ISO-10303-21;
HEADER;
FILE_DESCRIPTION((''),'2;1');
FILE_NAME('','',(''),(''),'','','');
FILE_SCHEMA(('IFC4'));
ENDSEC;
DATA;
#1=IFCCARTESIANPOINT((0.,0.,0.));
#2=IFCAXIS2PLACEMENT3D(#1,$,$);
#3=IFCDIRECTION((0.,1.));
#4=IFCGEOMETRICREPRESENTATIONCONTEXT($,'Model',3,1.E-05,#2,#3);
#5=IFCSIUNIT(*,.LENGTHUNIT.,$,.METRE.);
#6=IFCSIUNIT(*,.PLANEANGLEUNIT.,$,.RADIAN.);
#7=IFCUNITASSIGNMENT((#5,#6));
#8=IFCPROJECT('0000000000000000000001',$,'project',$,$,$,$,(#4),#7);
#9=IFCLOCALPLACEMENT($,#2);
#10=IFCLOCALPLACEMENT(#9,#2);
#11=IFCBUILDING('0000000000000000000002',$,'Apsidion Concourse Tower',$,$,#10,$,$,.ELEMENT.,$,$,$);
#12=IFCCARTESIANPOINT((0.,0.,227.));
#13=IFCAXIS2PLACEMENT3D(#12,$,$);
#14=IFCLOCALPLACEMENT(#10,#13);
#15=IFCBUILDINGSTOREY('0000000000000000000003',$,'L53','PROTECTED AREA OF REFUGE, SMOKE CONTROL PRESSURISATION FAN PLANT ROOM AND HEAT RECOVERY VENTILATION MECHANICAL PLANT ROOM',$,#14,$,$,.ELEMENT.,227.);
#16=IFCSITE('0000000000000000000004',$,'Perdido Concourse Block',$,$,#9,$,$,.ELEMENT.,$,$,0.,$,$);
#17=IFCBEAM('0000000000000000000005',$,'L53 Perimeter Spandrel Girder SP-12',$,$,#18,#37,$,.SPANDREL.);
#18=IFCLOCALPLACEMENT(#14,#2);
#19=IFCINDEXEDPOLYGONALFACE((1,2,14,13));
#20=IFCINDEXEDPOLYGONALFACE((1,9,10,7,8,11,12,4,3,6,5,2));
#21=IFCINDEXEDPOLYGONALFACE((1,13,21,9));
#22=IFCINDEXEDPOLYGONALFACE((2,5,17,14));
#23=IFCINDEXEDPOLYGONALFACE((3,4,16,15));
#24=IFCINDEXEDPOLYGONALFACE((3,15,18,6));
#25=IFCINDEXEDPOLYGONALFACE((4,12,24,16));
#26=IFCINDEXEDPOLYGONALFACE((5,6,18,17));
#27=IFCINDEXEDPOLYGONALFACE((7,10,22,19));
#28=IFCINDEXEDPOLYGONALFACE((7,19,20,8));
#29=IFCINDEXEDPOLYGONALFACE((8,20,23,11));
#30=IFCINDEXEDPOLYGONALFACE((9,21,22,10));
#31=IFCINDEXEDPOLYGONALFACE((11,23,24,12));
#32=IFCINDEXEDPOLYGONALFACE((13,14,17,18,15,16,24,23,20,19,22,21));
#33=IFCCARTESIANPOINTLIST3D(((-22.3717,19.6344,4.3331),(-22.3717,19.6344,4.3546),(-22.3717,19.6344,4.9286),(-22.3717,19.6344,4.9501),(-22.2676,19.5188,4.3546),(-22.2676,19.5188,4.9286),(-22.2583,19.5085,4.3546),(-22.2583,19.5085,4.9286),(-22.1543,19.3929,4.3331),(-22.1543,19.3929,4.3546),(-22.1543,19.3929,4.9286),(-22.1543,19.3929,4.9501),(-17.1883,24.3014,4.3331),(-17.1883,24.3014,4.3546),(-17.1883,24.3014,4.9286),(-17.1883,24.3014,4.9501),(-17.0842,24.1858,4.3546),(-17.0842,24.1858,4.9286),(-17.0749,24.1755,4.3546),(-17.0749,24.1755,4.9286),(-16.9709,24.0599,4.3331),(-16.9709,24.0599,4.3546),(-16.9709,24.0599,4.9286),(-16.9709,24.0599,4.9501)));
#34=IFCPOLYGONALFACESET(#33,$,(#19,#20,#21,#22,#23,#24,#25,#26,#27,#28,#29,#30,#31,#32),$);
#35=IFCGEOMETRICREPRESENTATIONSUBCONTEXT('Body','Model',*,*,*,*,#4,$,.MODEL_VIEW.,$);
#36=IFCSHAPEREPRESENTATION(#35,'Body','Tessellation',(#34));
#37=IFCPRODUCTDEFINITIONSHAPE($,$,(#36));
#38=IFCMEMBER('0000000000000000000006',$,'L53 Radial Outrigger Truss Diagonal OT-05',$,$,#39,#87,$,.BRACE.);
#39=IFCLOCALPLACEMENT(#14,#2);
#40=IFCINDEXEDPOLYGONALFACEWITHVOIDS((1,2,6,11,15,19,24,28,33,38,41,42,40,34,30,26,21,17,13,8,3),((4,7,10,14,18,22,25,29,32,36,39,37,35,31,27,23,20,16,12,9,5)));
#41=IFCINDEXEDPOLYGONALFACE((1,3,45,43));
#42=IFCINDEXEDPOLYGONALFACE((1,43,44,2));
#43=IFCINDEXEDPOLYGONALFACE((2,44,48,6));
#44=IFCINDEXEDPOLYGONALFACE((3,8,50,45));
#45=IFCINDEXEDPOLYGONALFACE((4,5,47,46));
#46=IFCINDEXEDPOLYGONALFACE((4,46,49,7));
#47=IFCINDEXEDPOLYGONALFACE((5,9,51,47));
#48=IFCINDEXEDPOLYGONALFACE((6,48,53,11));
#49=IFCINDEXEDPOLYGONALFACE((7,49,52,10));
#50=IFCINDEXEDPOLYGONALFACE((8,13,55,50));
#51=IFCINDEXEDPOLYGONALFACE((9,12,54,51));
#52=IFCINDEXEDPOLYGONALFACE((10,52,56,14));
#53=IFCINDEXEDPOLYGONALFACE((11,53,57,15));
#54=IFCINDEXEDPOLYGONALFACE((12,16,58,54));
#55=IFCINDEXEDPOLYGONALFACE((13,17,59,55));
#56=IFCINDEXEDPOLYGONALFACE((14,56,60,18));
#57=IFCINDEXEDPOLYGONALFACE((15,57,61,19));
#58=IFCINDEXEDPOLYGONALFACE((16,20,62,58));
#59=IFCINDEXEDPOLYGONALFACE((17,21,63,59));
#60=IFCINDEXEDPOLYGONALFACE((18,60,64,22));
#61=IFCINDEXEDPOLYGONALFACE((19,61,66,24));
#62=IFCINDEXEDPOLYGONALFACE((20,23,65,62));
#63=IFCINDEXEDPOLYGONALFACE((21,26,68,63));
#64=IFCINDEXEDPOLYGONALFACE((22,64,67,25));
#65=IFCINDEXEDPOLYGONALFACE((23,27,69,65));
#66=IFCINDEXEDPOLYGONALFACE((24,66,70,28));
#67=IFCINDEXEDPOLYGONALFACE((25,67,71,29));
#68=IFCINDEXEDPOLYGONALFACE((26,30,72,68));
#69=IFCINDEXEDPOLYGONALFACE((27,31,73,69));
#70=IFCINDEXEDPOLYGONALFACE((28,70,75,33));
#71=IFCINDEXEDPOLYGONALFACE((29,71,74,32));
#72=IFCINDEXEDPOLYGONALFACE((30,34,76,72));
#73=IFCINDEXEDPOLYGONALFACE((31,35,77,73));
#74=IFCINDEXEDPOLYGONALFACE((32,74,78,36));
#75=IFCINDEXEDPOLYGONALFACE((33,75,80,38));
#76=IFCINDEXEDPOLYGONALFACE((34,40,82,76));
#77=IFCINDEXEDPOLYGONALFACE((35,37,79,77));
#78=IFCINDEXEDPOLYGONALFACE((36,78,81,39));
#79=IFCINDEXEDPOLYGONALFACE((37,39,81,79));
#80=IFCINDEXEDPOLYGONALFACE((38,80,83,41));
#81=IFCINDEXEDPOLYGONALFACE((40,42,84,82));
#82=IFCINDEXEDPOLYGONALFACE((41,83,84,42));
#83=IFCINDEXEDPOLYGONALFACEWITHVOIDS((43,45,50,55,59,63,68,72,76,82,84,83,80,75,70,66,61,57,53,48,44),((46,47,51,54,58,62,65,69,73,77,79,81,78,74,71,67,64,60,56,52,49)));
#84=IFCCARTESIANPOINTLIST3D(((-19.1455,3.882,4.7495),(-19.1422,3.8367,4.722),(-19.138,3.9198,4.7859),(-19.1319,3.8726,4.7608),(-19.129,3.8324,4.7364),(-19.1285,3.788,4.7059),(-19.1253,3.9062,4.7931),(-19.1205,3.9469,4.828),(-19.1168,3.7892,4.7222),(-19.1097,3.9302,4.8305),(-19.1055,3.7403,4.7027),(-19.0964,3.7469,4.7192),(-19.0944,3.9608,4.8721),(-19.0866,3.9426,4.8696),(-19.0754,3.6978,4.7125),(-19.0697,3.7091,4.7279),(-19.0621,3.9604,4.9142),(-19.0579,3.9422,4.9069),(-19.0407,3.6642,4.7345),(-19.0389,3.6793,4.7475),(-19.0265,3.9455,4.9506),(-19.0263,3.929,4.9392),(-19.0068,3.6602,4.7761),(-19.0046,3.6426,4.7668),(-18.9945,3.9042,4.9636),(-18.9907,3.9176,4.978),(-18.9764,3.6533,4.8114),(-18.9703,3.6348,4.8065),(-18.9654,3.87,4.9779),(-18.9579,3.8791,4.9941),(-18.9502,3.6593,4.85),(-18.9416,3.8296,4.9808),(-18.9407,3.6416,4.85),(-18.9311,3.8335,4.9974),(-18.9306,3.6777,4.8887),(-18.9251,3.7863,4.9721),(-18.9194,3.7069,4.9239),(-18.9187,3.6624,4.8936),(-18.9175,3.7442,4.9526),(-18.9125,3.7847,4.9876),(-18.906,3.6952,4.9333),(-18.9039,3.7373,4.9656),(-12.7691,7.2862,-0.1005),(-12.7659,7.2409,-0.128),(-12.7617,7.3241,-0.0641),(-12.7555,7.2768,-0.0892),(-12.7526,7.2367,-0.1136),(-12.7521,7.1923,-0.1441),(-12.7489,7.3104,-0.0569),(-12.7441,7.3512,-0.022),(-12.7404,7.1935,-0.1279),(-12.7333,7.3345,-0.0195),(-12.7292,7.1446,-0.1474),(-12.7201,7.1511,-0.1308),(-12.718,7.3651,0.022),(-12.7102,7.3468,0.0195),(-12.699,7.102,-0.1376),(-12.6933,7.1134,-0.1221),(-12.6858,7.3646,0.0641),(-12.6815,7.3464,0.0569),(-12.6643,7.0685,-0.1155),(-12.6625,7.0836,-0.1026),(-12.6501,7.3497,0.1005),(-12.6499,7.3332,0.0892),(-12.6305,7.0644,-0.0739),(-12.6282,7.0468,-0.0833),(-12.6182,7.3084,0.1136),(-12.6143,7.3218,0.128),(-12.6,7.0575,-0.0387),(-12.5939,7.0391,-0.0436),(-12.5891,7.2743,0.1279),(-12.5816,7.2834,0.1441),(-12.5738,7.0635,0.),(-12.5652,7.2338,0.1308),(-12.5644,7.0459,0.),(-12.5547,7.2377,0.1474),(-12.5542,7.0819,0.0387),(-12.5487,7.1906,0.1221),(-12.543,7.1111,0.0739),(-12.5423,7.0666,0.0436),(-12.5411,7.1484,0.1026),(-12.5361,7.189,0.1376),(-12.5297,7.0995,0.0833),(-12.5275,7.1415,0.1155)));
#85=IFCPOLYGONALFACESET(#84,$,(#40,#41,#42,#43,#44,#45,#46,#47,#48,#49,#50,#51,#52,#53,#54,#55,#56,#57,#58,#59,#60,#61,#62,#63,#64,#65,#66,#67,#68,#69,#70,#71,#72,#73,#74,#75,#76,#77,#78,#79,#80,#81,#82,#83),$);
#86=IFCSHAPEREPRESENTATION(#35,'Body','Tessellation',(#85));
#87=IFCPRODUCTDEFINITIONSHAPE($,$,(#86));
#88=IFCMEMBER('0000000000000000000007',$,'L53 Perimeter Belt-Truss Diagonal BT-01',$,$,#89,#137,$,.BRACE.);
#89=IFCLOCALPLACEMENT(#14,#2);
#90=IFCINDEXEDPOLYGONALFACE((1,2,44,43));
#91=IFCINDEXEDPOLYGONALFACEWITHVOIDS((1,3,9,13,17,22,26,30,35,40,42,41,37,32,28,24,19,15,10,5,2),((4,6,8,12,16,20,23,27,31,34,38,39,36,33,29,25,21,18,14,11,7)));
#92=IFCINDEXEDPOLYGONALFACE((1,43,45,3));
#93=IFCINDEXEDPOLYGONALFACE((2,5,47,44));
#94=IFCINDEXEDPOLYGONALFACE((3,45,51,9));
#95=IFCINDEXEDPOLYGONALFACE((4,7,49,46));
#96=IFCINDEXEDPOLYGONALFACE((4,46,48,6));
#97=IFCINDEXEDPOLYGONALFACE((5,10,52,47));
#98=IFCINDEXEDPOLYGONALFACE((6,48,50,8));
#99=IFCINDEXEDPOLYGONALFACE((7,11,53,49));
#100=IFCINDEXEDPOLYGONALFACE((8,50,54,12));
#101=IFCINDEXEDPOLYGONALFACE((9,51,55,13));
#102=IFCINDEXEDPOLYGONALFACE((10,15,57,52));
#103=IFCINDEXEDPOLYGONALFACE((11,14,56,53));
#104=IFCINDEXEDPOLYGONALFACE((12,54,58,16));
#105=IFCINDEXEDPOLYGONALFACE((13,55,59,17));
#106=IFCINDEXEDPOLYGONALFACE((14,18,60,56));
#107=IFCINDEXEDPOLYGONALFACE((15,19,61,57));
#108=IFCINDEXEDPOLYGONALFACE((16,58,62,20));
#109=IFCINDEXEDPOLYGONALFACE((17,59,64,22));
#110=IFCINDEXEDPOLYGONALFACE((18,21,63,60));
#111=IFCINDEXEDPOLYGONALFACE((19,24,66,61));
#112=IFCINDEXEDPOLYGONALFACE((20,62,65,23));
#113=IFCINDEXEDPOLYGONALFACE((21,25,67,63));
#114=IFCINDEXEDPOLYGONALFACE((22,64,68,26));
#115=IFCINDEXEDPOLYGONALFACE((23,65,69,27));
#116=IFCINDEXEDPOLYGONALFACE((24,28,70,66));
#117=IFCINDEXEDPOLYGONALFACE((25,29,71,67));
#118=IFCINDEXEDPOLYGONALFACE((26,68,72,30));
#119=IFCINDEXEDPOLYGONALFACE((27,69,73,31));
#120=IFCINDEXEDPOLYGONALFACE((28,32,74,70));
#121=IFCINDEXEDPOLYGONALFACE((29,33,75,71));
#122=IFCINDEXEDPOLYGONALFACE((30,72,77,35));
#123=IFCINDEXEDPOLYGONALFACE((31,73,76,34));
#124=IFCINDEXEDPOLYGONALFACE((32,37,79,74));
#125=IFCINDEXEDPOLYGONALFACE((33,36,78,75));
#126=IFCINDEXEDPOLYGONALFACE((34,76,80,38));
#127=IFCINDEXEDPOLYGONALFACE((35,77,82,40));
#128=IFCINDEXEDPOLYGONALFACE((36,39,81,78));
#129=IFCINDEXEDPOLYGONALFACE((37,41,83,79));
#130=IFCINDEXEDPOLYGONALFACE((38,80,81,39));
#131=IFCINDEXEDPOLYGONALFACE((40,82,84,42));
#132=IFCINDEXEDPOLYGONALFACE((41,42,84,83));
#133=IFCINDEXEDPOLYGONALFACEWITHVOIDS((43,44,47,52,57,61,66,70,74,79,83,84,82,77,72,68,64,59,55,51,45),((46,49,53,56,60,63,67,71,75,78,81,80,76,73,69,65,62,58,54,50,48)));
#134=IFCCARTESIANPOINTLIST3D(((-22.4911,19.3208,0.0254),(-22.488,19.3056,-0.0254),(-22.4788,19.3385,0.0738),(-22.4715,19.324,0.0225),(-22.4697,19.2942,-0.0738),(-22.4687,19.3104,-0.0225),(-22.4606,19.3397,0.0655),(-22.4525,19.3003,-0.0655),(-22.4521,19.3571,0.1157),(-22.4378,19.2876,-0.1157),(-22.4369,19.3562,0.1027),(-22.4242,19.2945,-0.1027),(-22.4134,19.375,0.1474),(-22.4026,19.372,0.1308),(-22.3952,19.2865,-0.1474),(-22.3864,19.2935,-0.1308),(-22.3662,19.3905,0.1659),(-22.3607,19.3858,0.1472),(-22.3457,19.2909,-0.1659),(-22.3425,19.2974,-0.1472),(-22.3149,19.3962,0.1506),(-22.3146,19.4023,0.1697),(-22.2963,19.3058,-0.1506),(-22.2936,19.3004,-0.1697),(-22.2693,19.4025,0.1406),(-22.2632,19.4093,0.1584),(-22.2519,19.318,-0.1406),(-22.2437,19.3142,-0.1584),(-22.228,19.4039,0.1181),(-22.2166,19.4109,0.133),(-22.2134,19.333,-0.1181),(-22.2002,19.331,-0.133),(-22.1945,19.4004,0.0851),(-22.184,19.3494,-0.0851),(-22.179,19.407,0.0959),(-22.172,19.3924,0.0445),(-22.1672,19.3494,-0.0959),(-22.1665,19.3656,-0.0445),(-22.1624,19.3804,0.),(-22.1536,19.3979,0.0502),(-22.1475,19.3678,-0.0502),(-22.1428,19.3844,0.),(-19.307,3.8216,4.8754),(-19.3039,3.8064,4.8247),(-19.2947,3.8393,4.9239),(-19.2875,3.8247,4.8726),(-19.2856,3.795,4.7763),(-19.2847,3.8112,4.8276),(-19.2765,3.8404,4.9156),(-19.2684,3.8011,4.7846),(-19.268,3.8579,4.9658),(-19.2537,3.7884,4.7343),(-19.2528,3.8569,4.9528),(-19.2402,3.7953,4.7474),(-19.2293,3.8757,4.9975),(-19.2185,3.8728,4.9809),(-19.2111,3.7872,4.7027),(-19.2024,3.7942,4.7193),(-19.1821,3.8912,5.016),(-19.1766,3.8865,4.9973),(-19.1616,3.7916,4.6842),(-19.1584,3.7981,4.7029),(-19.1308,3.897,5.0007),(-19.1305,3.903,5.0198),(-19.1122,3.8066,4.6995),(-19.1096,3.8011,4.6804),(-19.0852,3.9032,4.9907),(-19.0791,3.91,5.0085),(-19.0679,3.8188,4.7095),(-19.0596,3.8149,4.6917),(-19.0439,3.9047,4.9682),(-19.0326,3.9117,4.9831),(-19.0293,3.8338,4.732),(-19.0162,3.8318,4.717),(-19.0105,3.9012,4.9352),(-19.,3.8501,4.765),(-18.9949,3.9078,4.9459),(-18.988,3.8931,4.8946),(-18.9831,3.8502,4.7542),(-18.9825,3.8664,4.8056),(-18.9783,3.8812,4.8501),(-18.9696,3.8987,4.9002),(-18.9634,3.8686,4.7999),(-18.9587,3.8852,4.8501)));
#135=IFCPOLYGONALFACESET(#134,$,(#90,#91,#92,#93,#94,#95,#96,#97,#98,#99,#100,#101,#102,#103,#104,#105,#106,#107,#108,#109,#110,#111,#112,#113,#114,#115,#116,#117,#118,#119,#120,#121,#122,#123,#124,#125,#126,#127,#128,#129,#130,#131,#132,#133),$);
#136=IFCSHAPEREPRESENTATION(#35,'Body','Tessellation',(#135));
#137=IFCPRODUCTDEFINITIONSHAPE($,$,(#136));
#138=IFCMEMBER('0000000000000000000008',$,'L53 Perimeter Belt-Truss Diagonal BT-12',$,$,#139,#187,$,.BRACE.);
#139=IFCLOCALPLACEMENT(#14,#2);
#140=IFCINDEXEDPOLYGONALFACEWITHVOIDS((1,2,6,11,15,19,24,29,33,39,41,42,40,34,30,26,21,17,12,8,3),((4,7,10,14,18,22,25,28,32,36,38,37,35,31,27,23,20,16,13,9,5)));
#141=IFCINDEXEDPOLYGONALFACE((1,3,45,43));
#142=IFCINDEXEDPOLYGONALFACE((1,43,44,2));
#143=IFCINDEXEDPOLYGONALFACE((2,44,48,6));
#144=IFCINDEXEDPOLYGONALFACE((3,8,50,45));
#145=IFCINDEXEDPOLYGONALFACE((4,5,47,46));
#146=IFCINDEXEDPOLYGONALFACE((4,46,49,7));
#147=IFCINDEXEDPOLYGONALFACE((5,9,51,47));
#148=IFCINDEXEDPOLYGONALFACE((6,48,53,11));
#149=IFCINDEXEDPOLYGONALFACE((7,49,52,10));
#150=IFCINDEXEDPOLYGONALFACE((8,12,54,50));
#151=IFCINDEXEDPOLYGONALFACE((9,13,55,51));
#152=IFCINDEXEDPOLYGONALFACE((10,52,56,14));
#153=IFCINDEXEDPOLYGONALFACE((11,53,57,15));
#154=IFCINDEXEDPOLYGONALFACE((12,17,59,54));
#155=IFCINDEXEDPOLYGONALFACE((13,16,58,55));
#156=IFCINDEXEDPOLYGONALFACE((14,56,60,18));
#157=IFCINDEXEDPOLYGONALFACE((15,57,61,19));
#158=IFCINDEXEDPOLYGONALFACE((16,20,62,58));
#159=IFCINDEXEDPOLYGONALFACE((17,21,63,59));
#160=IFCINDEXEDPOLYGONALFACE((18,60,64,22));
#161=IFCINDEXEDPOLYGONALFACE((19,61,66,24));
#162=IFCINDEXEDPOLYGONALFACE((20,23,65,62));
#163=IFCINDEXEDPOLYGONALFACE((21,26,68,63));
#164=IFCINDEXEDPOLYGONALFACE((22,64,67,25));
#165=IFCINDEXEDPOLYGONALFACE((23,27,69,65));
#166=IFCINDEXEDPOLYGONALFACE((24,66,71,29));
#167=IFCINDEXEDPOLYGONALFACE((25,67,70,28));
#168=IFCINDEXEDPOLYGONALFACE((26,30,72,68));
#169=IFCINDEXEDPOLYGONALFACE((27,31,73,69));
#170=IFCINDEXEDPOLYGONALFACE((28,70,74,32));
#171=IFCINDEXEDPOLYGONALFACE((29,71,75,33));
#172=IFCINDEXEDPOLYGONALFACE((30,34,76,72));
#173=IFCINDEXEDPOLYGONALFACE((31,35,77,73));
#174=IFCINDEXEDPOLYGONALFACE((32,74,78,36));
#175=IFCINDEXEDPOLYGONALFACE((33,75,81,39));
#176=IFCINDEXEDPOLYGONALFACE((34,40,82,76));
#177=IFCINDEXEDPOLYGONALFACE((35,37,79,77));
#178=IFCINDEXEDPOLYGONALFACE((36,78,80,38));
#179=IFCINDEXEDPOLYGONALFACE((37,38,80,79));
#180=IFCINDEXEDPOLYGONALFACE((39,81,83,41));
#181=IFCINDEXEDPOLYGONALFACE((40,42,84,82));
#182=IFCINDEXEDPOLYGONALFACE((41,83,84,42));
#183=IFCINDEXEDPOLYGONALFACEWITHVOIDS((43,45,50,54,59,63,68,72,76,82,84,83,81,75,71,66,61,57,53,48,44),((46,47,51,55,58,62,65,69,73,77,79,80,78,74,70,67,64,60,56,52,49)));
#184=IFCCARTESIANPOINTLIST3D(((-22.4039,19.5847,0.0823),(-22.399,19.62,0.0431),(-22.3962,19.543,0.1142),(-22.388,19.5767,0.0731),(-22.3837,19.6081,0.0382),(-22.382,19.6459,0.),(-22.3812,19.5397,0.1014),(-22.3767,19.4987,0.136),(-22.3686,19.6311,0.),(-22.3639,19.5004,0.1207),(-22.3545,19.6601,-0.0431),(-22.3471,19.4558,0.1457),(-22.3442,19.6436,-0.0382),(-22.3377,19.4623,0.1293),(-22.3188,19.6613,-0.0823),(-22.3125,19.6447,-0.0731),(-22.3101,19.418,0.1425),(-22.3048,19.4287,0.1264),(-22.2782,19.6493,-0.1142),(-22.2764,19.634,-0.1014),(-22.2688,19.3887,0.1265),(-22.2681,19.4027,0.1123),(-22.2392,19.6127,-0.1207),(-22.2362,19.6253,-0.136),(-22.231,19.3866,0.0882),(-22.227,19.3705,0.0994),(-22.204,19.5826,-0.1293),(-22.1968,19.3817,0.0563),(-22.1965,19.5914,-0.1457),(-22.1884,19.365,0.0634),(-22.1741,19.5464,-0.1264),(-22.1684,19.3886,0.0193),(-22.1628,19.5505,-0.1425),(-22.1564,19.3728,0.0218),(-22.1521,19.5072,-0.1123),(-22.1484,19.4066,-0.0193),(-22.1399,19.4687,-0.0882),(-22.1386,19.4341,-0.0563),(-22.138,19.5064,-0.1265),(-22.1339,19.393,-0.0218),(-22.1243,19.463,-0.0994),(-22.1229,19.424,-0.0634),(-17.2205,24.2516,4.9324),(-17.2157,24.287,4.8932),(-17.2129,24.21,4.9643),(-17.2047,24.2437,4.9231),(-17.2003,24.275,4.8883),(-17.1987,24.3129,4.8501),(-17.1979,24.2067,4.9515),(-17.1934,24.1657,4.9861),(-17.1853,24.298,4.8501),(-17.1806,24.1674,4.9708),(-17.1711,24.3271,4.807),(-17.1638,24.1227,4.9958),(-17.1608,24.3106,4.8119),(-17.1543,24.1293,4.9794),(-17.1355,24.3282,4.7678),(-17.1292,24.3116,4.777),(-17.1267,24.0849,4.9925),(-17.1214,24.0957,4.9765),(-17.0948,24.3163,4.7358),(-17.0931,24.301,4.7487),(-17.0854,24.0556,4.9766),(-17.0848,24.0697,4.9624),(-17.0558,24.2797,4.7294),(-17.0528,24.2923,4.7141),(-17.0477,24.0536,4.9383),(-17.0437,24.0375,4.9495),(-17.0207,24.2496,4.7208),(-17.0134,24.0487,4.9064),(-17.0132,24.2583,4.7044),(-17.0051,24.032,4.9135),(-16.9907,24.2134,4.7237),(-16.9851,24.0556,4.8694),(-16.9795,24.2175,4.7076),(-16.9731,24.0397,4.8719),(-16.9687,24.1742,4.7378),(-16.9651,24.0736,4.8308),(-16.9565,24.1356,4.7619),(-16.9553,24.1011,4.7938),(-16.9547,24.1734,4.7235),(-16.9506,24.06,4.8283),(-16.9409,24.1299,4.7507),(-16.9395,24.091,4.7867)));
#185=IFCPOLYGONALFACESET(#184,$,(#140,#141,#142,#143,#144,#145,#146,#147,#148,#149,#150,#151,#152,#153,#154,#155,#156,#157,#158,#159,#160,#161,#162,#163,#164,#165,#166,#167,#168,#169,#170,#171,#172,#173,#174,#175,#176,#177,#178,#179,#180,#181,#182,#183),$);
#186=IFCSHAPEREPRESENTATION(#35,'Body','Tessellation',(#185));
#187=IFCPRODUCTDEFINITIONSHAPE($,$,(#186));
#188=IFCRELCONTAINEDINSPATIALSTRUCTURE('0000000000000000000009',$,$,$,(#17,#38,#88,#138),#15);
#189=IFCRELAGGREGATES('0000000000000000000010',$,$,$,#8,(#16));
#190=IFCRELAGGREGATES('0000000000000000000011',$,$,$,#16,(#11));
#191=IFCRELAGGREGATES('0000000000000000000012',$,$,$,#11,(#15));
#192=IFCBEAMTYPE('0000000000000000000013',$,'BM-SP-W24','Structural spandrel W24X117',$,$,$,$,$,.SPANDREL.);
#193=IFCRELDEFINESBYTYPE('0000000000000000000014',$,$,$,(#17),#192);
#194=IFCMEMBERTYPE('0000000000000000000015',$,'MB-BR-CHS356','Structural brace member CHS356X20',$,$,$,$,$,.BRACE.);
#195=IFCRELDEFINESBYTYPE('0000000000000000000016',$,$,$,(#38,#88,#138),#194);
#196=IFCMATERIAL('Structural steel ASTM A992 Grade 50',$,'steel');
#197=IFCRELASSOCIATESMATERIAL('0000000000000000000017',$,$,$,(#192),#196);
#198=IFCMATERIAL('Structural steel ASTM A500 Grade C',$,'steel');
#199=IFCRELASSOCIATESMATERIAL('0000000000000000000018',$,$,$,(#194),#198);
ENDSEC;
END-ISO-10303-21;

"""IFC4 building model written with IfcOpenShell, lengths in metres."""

from ifc_helpers import new_model, si_unit, direction, frame, origin, origin_2d, place, context, subcontext, project, spatial, hollow_circle, i_section, extrude, material, material_profile, profile_set, type_object, element, save


model = new_model("IFC4")

# Units and contexts
model_context = context("Model", 3, precision=1e-05, world=origin(), true_north=direction((0.0, 1.0)))
body_context = subcontext(model_context, "Body", "Model", "MODEL_VIEW")
ifc_project = project(units=[si_unit("LENGTHUNIT", "METRE"), si_unit("PLANEANGLEUNIT", "RADIAN")], contexts=[model_context])

# Site, building, storey
site_placement = place(None, origin())
site = spatial("IfcSite", under=ifc_project, at=site_placement, Name="Perdido Concourse Block", CompositionType="ELEMENT", RefElevation=0.0)
building_placement = place(site_placement, origin())
building = spatial("IfcBuilding", under=site, at=building_placement, Name="Apsidion Concourse Tower", CompositionType="ELEMENT")
storey_placement = place(building_placement, frame((0.0, 0.0, 227.0)))
storey = spatial("IfcBuildingStorey", under=building, at=storey_placement, Name="L53", Description="PROTECTED AREA OF REFUGE, SMOKE CONTROL PRESSURISATION FAN PLANT ROOM AND HEAT RECOVERY VENTILATION MECHANICAL PLANT ROOM", CompositionType="ELEMENT", Elevation=227.0)

# Shared definitions
ifc_material_1 = material(Name="Structural steel ASTM A992 Grade 50", Category="steel")

# Beam
ifc_material_profile_1 = material_profile(ifc_material_1, i_section(OverallWidth=0.325, OverallDepth=0.6169, WebThickness=0.0139, FlangeThickness=0.0215, at=origin_2d()), Name="W24X117")
ifc_profile_set_1 = profile_set([ifc_material_profile_1], Name="Structural steel ASTM A992 Grade 50")
beam_type_1 = type_object("IfcBeamType", Name="BM-SP-W24", Description="Structural spandrel W24X117", PredefinedType="SPANDREL", material=ifc_profile_set_1)
beam_1_placement = place(storey_placement, frame((-17.0796, 24.1807, 4.6416), z_axis=(-0.743153, -0.669121, 0.0), x_axis=(0.669121, -0.743153, 0.0)))
element("IfcBeam", 1, at=beam_1_placement, inside=storey, type_object=beam_type_1, Name="L53 Perimeter Spandrel Girder SP-12", PredefinedType="SPANDREL", context=body_context, shape_type="SweptSolid", body=[
    extrude(i_section(OverallWidth=0.325, OverallDepth=0.6169, WebThickness=0.0139, FlangeThickness=0.0215, at=origin_2d()), origin(), (0.0, 0.0, 1.0), 6.9749),
])

# Members
ifc_material_2 = material(Name="Structural steel ASTM A500 Grade C", Category="steel")
ifc_material_profile_2 = material_profile(ifc_material_2, hollow_circle(Radius=0.178, WallThickness=0.02, at=origin_2d()), Name="CHS356X20")
ifc_profile_set_2 = profile_set([ifc_material_profile_2], Name="Structural steel ASTM A500 Grade C")
member_type_1 = type_object("IfcMemberType", Name="MB-BR-CHS356", Description="Structural brace member CHS356X20", PredefinedType="BRACE", material=ifc_profile_set_2)
member_1_placement = place(storey_placement, frame((-12.6482, 7.2029, 0.0), z_axis=(-0.73253, -0.391087, 0.557181), x_axis=(0.470967, -0.882151, 0.0)))
element("IfcMember", 2, at=member_1_placement, inside=storey, type_object=member_type_1, Name="L53 Radial Outrigger Truss Diagonal OT-05", PredefinedType="BRACE", context=body_context, shape_type="SweptSolid", body=[
    extrude(hollow_circle(Radius=0.178, WallThickness=0.02, at=origin_2d()), origin(), (0.0, 0.0, 1.0), 8.7046),
])
member_2_placement = place(storey_placement, frame((-22.3171, 19.3486, 0.0), z_axis=(0.192396, -0.936535, 0.293064), x_axis=(0.979544, 0.201232, 0.0)))
element("IfcMember", 3, at=member_2_placement, inside=storey, type_object=member_type_1, Name="L53 Perimeter Belt-Truss Diagonal BT-01", PredefinedType="BRACE", context=body_context, shape_type="SweptSolid", body=[
    extrude(hollow_circle(Radius=0.178, WallThickness=0.02, at=origin_2d()), origin(), (0.0, 0.0, 1.0), 16.5496),
])
member_3_placement = place(storey_placement, frame((-22.2629, 19.5137, 0.0), z_axis=(0.610138, 0.549357, 0.57091), x_axis=(-0.669121, 0.743153, 0.0)))
element("IfcMember", 4, at=member_3_placement, inside=storey, type_object=member_type_1, Name="L53 Perimeter Belt-Truss Diagonal BT-12", PredefinedType="BRACE", context=body_context, shape_type="SweptSolid", body=[
    extrude(hollow_circle(Radius=0.178, WallThickness=0.02, at=origin_2d()), origin(), (0.0, 0.0, 1.0), 8.4954),
])

save(model, "model.ifc")
